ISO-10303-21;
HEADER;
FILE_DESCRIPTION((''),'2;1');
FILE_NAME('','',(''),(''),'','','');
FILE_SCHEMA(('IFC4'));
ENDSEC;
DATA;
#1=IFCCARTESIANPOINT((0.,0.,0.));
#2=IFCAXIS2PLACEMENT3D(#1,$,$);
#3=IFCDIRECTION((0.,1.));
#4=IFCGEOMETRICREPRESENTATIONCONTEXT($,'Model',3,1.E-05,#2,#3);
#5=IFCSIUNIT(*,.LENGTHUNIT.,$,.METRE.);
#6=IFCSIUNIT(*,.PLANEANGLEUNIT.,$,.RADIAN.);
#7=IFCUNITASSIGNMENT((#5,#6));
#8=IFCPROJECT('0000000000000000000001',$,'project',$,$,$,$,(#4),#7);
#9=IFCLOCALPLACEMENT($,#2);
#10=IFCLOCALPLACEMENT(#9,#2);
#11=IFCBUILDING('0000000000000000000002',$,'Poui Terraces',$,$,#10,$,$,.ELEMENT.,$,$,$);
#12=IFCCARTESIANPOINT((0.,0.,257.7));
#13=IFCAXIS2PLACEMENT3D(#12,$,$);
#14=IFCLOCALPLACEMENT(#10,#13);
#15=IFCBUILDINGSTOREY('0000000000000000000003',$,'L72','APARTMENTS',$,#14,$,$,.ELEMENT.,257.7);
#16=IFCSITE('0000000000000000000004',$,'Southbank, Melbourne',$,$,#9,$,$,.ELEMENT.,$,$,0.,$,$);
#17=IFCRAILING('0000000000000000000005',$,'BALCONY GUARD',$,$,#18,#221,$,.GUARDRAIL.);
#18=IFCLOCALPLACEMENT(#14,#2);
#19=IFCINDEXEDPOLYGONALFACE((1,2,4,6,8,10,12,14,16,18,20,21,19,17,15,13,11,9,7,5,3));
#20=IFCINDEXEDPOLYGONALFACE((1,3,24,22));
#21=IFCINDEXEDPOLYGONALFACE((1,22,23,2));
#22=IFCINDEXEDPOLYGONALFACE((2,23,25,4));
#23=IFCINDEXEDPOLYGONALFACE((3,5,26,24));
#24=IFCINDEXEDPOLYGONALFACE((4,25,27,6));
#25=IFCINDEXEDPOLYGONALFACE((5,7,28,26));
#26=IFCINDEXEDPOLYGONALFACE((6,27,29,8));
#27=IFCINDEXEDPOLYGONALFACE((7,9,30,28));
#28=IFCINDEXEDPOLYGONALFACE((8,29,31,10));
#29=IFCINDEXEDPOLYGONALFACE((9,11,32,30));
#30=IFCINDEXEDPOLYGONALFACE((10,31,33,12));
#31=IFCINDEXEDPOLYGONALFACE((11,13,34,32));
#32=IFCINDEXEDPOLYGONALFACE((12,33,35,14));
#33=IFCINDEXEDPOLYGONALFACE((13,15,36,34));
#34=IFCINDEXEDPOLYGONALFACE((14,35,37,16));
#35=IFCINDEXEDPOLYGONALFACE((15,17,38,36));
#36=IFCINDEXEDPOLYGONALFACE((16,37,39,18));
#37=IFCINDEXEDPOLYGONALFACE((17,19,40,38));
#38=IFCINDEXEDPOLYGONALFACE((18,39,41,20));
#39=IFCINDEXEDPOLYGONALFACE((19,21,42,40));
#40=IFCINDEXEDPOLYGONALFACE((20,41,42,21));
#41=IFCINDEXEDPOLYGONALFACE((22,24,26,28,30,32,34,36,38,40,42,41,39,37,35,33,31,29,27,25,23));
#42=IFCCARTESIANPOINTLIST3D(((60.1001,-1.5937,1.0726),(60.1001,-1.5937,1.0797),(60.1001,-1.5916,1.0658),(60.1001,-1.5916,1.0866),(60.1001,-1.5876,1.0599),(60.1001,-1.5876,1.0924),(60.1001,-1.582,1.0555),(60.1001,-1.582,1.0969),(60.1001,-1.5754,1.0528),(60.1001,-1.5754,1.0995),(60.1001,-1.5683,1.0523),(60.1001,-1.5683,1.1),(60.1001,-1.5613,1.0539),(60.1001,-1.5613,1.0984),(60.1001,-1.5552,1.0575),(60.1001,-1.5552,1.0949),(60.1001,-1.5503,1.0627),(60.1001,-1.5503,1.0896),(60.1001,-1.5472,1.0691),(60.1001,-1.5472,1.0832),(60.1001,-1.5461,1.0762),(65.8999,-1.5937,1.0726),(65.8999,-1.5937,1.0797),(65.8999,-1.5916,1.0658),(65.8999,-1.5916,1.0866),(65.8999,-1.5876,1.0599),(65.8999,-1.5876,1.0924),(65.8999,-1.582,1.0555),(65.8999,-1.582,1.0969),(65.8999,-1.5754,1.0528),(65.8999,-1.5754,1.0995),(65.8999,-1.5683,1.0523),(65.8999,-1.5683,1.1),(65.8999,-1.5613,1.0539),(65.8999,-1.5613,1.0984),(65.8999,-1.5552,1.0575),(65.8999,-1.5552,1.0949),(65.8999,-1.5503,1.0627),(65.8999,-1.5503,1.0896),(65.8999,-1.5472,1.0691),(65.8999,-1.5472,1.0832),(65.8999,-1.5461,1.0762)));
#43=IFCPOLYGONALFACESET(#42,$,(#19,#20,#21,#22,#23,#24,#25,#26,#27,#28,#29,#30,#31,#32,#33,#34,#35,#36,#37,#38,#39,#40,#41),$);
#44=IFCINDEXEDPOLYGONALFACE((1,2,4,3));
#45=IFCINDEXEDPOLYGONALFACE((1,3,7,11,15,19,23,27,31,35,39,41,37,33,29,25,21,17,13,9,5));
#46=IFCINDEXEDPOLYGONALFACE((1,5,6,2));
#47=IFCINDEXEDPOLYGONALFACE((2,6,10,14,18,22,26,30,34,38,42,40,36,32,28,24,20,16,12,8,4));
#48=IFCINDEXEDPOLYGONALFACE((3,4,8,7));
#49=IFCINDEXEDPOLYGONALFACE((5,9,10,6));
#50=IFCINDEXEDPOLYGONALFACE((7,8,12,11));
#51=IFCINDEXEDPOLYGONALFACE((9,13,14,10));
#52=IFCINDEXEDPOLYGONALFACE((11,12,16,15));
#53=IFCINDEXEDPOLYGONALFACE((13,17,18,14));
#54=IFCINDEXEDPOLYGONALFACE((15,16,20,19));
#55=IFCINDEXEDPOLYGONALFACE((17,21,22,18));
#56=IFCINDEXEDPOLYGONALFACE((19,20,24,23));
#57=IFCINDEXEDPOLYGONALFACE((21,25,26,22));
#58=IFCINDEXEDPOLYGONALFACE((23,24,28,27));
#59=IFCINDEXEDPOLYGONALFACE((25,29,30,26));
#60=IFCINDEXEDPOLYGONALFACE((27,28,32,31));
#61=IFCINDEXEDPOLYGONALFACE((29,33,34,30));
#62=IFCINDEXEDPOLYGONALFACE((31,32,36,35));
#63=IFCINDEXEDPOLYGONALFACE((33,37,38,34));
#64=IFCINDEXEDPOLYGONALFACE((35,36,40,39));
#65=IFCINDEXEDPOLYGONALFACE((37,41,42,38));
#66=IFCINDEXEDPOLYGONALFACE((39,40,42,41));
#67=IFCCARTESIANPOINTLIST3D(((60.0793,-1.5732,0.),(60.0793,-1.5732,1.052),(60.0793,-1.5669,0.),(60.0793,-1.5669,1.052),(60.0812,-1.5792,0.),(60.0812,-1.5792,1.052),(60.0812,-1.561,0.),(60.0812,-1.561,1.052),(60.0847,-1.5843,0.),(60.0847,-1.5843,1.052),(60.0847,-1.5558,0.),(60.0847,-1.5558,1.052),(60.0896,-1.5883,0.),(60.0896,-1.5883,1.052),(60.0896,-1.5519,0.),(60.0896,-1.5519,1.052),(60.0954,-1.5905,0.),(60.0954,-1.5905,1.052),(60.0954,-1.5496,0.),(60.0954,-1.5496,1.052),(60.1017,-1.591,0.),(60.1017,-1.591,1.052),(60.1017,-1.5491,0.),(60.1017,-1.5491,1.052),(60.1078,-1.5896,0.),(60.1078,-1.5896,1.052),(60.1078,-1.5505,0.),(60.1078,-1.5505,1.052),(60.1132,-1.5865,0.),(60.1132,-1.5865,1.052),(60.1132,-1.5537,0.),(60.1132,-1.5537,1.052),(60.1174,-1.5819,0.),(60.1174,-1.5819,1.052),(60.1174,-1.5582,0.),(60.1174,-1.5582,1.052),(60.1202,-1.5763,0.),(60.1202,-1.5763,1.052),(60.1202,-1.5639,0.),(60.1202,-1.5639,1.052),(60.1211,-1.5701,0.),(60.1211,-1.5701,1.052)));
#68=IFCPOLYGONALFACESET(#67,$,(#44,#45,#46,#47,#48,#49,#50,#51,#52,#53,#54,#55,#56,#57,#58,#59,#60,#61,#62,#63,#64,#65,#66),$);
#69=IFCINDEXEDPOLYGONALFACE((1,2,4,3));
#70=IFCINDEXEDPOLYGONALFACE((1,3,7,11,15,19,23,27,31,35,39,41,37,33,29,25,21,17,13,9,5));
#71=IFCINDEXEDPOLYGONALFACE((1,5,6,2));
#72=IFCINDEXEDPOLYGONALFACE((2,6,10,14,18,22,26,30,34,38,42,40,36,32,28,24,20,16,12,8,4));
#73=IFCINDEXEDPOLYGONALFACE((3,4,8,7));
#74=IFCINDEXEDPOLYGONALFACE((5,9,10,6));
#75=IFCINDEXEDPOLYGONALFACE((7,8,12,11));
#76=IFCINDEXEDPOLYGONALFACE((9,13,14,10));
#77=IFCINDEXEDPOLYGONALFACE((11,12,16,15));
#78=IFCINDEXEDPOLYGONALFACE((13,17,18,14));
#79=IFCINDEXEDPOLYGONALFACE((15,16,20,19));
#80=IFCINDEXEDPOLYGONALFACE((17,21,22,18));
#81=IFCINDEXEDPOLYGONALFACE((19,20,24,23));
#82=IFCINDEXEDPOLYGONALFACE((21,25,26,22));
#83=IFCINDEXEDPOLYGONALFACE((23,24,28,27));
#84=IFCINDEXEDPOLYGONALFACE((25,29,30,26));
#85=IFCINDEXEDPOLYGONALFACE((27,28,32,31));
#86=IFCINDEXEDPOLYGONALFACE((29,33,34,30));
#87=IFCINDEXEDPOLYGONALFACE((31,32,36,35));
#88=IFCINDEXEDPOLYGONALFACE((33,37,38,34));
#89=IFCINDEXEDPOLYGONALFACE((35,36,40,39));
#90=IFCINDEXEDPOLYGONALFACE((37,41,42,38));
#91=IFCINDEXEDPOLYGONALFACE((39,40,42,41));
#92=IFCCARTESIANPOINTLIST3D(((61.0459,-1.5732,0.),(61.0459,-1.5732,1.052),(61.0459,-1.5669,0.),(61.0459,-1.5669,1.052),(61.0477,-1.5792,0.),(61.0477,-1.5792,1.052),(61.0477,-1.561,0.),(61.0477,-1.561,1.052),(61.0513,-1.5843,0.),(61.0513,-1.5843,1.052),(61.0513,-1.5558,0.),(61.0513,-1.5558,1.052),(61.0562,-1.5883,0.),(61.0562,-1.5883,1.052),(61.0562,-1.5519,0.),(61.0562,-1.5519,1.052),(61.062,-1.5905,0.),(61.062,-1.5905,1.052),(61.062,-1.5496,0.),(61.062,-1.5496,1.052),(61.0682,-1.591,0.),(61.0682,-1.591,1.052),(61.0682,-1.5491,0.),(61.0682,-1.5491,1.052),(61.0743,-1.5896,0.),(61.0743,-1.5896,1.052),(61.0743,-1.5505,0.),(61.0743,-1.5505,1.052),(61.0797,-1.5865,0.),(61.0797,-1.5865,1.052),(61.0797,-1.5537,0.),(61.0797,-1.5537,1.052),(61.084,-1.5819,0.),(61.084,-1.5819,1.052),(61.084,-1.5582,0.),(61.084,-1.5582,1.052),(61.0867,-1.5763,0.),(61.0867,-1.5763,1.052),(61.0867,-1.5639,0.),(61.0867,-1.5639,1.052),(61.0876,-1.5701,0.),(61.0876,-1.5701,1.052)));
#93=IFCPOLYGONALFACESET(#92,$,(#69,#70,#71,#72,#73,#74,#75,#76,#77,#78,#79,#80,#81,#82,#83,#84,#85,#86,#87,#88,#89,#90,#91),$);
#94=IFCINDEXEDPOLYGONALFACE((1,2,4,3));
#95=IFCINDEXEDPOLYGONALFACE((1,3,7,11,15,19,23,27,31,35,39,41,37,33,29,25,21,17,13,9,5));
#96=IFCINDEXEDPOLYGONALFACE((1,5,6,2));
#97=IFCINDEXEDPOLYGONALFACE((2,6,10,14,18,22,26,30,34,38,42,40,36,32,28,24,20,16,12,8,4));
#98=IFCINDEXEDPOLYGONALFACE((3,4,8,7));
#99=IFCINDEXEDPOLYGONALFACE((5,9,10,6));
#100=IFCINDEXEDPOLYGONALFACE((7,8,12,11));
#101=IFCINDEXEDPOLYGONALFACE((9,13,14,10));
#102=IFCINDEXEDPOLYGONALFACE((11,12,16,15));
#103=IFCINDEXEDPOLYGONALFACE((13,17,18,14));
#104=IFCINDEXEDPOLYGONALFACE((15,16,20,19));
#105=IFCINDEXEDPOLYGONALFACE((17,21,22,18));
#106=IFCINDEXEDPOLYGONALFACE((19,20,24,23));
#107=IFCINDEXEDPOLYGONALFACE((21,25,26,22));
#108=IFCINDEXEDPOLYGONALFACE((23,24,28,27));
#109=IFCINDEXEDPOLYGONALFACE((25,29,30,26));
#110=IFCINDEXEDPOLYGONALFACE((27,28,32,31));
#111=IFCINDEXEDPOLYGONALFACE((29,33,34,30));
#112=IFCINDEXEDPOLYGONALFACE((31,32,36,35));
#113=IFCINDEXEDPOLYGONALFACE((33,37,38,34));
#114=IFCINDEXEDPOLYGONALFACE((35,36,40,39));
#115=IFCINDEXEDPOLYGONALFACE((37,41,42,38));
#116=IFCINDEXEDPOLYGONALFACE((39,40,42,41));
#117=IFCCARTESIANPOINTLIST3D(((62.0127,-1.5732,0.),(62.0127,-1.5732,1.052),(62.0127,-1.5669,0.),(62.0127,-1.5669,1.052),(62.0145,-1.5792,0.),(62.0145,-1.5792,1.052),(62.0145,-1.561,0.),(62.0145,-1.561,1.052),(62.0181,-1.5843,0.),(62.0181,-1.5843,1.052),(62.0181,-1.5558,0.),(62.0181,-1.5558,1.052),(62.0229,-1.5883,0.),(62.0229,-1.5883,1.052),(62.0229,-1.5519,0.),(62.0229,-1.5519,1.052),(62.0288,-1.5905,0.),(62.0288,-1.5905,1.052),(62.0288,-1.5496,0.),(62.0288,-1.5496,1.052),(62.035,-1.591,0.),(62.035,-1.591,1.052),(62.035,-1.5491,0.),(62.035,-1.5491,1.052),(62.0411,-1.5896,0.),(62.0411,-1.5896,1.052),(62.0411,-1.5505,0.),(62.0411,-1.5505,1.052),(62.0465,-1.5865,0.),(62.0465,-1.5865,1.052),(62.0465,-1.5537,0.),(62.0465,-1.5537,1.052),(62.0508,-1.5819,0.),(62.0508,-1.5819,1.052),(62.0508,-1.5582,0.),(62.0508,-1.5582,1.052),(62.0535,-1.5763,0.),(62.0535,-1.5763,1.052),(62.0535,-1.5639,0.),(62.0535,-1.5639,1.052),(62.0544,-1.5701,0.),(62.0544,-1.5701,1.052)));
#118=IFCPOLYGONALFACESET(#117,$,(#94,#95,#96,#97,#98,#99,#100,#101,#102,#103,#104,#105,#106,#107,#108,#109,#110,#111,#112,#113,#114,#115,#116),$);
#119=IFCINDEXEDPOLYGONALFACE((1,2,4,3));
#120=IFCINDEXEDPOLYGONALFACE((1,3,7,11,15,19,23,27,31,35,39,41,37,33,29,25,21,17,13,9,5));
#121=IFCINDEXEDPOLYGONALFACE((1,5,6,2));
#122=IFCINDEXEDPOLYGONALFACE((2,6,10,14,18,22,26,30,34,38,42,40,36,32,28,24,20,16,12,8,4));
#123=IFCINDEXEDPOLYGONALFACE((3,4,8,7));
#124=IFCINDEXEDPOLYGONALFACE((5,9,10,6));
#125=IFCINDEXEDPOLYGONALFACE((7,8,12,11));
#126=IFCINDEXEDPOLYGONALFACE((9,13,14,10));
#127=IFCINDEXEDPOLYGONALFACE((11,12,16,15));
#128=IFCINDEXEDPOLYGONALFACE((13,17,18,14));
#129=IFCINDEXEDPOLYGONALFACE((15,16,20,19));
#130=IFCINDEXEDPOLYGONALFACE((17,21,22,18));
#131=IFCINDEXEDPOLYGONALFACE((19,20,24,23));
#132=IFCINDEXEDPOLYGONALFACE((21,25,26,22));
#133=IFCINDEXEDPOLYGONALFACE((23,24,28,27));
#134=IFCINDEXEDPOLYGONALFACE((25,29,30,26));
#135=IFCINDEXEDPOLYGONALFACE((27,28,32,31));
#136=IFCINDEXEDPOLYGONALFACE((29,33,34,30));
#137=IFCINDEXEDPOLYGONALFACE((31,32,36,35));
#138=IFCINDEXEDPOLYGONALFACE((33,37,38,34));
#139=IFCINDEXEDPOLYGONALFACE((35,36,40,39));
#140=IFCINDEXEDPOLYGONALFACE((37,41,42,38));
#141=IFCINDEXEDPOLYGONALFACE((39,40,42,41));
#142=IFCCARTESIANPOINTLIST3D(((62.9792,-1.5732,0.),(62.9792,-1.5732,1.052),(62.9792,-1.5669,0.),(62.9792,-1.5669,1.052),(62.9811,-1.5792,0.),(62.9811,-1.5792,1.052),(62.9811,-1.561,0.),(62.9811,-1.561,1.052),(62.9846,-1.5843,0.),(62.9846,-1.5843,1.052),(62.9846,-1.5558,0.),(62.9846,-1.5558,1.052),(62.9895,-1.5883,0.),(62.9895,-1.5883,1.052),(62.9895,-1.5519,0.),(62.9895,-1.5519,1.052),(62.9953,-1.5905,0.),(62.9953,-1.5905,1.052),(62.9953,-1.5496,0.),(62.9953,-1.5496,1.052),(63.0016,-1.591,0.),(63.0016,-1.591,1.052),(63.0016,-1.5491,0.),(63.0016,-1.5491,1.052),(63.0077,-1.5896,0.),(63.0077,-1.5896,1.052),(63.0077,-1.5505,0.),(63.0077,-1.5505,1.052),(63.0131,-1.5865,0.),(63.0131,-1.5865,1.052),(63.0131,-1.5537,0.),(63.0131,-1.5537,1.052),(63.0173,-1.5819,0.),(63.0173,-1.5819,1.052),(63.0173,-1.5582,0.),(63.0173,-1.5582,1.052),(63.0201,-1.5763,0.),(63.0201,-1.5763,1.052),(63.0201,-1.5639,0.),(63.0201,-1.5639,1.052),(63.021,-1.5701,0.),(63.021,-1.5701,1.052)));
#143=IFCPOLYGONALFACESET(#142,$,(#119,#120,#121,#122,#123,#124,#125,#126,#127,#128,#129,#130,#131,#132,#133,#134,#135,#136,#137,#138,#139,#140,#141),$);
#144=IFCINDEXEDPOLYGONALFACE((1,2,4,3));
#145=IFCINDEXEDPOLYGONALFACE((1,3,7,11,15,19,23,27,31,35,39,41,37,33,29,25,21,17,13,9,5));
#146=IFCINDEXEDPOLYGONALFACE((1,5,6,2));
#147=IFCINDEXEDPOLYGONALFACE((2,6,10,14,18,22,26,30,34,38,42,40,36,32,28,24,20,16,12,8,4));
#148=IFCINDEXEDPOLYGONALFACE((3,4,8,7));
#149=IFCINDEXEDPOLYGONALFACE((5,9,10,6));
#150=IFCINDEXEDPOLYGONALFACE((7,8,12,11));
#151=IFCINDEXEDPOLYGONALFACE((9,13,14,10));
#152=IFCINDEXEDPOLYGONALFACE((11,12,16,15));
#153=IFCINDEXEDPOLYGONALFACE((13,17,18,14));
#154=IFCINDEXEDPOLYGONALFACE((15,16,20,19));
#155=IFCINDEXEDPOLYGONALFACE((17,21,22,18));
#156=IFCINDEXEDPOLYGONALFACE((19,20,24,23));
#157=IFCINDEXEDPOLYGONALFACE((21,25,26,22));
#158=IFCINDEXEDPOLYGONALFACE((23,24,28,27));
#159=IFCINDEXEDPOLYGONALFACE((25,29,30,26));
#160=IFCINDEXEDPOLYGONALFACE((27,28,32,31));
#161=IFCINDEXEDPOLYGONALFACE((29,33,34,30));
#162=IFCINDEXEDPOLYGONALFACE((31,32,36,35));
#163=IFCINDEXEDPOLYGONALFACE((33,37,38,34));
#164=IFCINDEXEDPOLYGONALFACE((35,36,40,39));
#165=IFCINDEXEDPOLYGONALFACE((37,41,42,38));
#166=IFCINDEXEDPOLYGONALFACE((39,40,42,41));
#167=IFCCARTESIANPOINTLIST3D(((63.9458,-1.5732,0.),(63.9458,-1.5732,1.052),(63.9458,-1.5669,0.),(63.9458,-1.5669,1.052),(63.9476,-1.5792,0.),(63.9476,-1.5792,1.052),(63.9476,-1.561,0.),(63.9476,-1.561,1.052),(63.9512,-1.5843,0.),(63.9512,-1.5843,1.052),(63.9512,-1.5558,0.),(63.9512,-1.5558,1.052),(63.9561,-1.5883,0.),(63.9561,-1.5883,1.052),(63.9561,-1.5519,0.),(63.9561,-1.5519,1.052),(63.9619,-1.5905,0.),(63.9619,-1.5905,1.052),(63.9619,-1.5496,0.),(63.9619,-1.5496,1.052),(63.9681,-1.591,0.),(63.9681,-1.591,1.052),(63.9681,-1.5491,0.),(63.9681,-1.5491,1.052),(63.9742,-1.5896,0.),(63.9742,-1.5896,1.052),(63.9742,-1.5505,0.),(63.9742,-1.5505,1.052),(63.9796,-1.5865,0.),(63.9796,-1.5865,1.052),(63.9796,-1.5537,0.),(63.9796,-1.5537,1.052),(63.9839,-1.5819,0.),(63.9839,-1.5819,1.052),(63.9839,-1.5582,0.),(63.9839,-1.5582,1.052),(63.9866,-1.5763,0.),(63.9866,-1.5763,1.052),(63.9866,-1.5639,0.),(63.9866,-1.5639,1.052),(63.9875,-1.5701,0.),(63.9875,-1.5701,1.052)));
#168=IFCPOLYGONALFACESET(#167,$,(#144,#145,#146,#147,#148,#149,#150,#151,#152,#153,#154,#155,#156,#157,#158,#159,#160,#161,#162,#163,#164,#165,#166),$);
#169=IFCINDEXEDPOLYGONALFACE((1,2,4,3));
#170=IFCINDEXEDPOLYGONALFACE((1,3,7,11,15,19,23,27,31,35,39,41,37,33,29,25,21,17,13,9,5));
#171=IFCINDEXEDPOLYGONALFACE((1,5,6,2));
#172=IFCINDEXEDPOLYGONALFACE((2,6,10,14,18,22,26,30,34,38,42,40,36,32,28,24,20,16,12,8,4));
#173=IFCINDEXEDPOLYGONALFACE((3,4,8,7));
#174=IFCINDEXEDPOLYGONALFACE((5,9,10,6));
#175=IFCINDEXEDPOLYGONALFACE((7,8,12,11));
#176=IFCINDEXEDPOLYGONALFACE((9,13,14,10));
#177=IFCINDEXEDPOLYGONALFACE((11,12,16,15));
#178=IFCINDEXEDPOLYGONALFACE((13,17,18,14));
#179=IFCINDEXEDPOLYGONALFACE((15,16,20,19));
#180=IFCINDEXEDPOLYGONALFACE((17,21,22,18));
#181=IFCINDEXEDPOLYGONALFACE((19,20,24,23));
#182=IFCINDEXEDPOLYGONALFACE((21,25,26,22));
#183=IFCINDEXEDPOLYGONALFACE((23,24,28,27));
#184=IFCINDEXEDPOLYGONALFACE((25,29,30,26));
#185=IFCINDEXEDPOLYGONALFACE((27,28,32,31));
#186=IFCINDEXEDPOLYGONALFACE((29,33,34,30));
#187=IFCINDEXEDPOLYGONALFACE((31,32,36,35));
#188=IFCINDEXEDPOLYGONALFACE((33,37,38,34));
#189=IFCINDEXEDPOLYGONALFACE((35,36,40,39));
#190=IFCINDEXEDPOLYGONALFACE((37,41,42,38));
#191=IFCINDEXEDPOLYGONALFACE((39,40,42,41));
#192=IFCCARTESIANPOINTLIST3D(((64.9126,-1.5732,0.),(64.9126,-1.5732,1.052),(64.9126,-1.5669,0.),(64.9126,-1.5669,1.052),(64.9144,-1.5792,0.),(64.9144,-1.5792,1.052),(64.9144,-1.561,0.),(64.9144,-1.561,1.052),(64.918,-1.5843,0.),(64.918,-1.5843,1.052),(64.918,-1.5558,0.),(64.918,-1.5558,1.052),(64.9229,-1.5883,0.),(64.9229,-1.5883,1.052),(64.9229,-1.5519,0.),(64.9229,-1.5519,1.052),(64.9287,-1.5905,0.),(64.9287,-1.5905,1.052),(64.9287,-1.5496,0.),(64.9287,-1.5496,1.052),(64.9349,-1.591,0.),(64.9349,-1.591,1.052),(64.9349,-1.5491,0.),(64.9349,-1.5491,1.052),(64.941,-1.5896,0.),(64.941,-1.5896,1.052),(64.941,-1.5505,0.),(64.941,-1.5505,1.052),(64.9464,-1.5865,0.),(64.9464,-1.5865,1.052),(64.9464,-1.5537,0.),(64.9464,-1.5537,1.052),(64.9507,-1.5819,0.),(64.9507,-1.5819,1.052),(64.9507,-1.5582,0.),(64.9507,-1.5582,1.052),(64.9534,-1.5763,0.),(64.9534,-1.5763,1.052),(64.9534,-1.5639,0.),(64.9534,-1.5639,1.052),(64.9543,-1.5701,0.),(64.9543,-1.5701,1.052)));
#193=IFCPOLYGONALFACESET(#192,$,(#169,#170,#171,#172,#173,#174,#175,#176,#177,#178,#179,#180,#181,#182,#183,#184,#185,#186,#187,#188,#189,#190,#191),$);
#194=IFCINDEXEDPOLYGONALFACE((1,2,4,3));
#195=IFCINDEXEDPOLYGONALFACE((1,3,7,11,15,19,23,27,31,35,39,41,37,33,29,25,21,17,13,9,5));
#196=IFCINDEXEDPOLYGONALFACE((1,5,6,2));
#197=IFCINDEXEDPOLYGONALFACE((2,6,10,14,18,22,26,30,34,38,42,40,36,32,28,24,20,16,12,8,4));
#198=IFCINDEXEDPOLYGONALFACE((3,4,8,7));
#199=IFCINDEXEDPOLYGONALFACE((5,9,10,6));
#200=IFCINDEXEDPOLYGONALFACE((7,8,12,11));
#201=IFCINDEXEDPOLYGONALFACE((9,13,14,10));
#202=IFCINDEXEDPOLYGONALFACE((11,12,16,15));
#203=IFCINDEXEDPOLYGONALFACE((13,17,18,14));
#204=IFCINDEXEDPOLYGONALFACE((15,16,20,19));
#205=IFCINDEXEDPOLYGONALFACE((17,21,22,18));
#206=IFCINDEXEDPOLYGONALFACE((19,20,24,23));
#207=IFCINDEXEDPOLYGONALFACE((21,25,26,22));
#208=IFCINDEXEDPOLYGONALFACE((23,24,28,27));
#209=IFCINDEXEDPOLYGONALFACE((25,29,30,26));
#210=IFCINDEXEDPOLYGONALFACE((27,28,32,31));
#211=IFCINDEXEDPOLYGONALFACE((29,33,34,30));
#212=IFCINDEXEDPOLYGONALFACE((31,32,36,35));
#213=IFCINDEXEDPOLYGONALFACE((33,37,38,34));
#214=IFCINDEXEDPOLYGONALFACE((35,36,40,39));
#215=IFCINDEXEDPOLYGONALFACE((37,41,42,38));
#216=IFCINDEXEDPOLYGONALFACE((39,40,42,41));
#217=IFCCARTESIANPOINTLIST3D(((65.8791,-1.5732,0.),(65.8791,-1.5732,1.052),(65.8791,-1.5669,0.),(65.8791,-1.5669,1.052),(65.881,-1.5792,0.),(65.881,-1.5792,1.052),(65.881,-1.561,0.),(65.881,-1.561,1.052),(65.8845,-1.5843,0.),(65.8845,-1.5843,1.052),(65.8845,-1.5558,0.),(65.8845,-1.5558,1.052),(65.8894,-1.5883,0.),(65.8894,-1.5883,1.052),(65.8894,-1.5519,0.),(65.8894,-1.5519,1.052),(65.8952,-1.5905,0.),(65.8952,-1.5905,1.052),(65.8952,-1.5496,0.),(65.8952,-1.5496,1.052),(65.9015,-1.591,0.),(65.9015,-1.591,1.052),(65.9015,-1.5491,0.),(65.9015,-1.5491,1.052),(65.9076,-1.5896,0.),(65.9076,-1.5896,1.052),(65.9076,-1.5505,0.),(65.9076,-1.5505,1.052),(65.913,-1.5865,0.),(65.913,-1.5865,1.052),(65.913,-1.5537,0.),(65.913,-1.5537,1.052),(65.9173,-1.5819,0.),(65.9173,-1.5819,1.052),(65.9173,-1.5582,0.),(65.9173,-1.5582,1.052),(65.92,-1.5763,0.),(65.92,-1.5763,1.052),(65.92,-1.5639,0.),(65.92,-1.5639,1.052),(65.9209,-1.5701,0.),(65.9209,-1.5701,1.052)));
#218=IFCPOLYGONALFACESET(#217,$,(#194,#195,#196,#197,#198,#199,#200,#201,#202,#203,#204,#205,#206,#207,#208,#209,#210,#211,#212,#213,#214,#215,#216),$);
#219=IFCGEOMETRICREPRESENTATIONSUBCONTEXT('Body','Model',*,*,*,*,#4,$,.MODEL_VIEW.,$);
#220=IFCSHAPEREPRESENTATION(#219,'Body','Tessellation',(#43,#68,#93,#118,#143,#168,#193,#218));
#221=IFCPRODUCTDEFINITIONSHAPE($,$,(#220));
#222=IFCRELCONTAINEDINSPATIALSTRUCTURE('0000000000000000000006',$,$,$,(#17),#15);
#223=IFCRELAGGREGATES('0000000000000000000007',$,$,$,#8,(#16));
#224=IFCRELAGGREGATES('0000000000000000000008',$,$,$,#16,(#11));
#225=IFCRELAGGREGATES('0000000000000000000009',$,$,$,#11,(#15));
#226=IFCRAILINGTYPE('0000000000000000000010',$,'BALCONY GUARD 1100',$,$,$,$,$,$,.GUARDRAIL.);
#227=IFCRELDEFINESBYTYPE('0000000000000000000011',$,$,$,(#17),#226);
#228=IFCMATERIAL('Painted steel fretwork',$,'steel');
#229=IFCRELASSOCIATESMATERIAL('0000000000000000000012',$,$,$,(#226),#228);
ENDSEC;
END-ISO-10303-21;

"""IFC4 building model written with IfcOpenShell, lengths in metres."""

from ifc_helpers import new_model, si_unit, direction, frame, origin, origin_2d, place, context, subcontext, project, spatial, circle, extrude, material, type_object, element, save


model = new_model("IFC4")

# Units and contexts
model_context = context("Model", 3, precision=1e-05, world=origin(), true_north=direction((0.0, 1.0)))
body_context = subcontext(model_context, "Body", "Model", "MODEL_VIEW")
ifc_project = project(units=[si_unit("LENGTHUNIT", "METRE"), si_unit("PLANEANGLEUNIT", "RADIAN")], contexts=[model_context])

# Site, building, storey
site_placement = place(None, origin())
site = spatial("IfcSite", under=ifc_project, at=site_placement, Name="Southbank, Melbourne", CompositionType="ELEMENT", RefElevation=0.0)
building_placement = place(site_placement, origin())
building = spatial("IfcBuilding", under=site, at=building_placement, Name="Poui Terraces", CompositionType="ELEMENT")
storey_placement = place(building_placement, frame((0.0, 0.0, 257.7)))
storey = spatial("IfcBuildingStorey", under=building, at=storey_placement, Name="L72", Description="APARTMENTS", CompositionType="ELEMENT", Elevation=257.7)

# Railing
ifc_material_1 = material(Name="Painted steel fretwork", Category="steel")
railing_type = type_object("IfcRailingType", Name="BALCONY GUARD 1100", PredefinedType="GUARDRAIL", material=ifc_material_1)
railing_placement = place(storey_placement, frame((60.1001, -1.5701, 0.0)))
element("IfcRailing", 1, at=railing_placement, inside=storey, type_object=railing_type, Name="BALCONY GUARD", PredefinedType="GUARDRAIL", context=body_context, shape_type="SweptSolid", body=[
    extrude(circle(Radius=0.0239, at=origin_2d()), frame((0.0, 0.0, 1.0762), z_axis=(1.0, 0.0, 0.0), x_axis=(0.0, 1.0, 0.0)), (0.0, 0.0, 1.0), 5.7998),
    extrude(circle(Radius=0.021, at=origin_2d()), origin(), (0.0, 0.0, 1.0), 1.052),
    extrude(circle(Radius=0.021, at=origin_2d()), frame((0.9666, 0.0, 0.0)), (0.0, 0.0, 1.0), 1.052),
    extrude(circle(Radius=0.021, at=origin_2d()), frame((1.9333, 0.0, 0.0)), (0.0, 0.0, 1.0), 1.052),
    extrude(circle(Radius=0.021, at=origin_2d()), frame((2.8999, 0.0, 0.0)), (0.0, 0.0, 1.0), 1.052),
    extrude(circle(Radius=0.021, at=origin_2d()), frame((3.8665, 0.0, 0.0)), (0.0, 0.0, 1.0), 1.052),
    extrude(circle(Radius=0.021, at=origin_2d()), frame((4.8333, 0.0, 0.0)), (0.0, 0.0, 1.0), 1.052),
    extrude(circle(Radius=0.021, at=origin_2d()), frame((5.7998, 0.0, 0.0)), (0.0, 0.0, 1.0), 1.052),
])

save(model, "model.ifc")
